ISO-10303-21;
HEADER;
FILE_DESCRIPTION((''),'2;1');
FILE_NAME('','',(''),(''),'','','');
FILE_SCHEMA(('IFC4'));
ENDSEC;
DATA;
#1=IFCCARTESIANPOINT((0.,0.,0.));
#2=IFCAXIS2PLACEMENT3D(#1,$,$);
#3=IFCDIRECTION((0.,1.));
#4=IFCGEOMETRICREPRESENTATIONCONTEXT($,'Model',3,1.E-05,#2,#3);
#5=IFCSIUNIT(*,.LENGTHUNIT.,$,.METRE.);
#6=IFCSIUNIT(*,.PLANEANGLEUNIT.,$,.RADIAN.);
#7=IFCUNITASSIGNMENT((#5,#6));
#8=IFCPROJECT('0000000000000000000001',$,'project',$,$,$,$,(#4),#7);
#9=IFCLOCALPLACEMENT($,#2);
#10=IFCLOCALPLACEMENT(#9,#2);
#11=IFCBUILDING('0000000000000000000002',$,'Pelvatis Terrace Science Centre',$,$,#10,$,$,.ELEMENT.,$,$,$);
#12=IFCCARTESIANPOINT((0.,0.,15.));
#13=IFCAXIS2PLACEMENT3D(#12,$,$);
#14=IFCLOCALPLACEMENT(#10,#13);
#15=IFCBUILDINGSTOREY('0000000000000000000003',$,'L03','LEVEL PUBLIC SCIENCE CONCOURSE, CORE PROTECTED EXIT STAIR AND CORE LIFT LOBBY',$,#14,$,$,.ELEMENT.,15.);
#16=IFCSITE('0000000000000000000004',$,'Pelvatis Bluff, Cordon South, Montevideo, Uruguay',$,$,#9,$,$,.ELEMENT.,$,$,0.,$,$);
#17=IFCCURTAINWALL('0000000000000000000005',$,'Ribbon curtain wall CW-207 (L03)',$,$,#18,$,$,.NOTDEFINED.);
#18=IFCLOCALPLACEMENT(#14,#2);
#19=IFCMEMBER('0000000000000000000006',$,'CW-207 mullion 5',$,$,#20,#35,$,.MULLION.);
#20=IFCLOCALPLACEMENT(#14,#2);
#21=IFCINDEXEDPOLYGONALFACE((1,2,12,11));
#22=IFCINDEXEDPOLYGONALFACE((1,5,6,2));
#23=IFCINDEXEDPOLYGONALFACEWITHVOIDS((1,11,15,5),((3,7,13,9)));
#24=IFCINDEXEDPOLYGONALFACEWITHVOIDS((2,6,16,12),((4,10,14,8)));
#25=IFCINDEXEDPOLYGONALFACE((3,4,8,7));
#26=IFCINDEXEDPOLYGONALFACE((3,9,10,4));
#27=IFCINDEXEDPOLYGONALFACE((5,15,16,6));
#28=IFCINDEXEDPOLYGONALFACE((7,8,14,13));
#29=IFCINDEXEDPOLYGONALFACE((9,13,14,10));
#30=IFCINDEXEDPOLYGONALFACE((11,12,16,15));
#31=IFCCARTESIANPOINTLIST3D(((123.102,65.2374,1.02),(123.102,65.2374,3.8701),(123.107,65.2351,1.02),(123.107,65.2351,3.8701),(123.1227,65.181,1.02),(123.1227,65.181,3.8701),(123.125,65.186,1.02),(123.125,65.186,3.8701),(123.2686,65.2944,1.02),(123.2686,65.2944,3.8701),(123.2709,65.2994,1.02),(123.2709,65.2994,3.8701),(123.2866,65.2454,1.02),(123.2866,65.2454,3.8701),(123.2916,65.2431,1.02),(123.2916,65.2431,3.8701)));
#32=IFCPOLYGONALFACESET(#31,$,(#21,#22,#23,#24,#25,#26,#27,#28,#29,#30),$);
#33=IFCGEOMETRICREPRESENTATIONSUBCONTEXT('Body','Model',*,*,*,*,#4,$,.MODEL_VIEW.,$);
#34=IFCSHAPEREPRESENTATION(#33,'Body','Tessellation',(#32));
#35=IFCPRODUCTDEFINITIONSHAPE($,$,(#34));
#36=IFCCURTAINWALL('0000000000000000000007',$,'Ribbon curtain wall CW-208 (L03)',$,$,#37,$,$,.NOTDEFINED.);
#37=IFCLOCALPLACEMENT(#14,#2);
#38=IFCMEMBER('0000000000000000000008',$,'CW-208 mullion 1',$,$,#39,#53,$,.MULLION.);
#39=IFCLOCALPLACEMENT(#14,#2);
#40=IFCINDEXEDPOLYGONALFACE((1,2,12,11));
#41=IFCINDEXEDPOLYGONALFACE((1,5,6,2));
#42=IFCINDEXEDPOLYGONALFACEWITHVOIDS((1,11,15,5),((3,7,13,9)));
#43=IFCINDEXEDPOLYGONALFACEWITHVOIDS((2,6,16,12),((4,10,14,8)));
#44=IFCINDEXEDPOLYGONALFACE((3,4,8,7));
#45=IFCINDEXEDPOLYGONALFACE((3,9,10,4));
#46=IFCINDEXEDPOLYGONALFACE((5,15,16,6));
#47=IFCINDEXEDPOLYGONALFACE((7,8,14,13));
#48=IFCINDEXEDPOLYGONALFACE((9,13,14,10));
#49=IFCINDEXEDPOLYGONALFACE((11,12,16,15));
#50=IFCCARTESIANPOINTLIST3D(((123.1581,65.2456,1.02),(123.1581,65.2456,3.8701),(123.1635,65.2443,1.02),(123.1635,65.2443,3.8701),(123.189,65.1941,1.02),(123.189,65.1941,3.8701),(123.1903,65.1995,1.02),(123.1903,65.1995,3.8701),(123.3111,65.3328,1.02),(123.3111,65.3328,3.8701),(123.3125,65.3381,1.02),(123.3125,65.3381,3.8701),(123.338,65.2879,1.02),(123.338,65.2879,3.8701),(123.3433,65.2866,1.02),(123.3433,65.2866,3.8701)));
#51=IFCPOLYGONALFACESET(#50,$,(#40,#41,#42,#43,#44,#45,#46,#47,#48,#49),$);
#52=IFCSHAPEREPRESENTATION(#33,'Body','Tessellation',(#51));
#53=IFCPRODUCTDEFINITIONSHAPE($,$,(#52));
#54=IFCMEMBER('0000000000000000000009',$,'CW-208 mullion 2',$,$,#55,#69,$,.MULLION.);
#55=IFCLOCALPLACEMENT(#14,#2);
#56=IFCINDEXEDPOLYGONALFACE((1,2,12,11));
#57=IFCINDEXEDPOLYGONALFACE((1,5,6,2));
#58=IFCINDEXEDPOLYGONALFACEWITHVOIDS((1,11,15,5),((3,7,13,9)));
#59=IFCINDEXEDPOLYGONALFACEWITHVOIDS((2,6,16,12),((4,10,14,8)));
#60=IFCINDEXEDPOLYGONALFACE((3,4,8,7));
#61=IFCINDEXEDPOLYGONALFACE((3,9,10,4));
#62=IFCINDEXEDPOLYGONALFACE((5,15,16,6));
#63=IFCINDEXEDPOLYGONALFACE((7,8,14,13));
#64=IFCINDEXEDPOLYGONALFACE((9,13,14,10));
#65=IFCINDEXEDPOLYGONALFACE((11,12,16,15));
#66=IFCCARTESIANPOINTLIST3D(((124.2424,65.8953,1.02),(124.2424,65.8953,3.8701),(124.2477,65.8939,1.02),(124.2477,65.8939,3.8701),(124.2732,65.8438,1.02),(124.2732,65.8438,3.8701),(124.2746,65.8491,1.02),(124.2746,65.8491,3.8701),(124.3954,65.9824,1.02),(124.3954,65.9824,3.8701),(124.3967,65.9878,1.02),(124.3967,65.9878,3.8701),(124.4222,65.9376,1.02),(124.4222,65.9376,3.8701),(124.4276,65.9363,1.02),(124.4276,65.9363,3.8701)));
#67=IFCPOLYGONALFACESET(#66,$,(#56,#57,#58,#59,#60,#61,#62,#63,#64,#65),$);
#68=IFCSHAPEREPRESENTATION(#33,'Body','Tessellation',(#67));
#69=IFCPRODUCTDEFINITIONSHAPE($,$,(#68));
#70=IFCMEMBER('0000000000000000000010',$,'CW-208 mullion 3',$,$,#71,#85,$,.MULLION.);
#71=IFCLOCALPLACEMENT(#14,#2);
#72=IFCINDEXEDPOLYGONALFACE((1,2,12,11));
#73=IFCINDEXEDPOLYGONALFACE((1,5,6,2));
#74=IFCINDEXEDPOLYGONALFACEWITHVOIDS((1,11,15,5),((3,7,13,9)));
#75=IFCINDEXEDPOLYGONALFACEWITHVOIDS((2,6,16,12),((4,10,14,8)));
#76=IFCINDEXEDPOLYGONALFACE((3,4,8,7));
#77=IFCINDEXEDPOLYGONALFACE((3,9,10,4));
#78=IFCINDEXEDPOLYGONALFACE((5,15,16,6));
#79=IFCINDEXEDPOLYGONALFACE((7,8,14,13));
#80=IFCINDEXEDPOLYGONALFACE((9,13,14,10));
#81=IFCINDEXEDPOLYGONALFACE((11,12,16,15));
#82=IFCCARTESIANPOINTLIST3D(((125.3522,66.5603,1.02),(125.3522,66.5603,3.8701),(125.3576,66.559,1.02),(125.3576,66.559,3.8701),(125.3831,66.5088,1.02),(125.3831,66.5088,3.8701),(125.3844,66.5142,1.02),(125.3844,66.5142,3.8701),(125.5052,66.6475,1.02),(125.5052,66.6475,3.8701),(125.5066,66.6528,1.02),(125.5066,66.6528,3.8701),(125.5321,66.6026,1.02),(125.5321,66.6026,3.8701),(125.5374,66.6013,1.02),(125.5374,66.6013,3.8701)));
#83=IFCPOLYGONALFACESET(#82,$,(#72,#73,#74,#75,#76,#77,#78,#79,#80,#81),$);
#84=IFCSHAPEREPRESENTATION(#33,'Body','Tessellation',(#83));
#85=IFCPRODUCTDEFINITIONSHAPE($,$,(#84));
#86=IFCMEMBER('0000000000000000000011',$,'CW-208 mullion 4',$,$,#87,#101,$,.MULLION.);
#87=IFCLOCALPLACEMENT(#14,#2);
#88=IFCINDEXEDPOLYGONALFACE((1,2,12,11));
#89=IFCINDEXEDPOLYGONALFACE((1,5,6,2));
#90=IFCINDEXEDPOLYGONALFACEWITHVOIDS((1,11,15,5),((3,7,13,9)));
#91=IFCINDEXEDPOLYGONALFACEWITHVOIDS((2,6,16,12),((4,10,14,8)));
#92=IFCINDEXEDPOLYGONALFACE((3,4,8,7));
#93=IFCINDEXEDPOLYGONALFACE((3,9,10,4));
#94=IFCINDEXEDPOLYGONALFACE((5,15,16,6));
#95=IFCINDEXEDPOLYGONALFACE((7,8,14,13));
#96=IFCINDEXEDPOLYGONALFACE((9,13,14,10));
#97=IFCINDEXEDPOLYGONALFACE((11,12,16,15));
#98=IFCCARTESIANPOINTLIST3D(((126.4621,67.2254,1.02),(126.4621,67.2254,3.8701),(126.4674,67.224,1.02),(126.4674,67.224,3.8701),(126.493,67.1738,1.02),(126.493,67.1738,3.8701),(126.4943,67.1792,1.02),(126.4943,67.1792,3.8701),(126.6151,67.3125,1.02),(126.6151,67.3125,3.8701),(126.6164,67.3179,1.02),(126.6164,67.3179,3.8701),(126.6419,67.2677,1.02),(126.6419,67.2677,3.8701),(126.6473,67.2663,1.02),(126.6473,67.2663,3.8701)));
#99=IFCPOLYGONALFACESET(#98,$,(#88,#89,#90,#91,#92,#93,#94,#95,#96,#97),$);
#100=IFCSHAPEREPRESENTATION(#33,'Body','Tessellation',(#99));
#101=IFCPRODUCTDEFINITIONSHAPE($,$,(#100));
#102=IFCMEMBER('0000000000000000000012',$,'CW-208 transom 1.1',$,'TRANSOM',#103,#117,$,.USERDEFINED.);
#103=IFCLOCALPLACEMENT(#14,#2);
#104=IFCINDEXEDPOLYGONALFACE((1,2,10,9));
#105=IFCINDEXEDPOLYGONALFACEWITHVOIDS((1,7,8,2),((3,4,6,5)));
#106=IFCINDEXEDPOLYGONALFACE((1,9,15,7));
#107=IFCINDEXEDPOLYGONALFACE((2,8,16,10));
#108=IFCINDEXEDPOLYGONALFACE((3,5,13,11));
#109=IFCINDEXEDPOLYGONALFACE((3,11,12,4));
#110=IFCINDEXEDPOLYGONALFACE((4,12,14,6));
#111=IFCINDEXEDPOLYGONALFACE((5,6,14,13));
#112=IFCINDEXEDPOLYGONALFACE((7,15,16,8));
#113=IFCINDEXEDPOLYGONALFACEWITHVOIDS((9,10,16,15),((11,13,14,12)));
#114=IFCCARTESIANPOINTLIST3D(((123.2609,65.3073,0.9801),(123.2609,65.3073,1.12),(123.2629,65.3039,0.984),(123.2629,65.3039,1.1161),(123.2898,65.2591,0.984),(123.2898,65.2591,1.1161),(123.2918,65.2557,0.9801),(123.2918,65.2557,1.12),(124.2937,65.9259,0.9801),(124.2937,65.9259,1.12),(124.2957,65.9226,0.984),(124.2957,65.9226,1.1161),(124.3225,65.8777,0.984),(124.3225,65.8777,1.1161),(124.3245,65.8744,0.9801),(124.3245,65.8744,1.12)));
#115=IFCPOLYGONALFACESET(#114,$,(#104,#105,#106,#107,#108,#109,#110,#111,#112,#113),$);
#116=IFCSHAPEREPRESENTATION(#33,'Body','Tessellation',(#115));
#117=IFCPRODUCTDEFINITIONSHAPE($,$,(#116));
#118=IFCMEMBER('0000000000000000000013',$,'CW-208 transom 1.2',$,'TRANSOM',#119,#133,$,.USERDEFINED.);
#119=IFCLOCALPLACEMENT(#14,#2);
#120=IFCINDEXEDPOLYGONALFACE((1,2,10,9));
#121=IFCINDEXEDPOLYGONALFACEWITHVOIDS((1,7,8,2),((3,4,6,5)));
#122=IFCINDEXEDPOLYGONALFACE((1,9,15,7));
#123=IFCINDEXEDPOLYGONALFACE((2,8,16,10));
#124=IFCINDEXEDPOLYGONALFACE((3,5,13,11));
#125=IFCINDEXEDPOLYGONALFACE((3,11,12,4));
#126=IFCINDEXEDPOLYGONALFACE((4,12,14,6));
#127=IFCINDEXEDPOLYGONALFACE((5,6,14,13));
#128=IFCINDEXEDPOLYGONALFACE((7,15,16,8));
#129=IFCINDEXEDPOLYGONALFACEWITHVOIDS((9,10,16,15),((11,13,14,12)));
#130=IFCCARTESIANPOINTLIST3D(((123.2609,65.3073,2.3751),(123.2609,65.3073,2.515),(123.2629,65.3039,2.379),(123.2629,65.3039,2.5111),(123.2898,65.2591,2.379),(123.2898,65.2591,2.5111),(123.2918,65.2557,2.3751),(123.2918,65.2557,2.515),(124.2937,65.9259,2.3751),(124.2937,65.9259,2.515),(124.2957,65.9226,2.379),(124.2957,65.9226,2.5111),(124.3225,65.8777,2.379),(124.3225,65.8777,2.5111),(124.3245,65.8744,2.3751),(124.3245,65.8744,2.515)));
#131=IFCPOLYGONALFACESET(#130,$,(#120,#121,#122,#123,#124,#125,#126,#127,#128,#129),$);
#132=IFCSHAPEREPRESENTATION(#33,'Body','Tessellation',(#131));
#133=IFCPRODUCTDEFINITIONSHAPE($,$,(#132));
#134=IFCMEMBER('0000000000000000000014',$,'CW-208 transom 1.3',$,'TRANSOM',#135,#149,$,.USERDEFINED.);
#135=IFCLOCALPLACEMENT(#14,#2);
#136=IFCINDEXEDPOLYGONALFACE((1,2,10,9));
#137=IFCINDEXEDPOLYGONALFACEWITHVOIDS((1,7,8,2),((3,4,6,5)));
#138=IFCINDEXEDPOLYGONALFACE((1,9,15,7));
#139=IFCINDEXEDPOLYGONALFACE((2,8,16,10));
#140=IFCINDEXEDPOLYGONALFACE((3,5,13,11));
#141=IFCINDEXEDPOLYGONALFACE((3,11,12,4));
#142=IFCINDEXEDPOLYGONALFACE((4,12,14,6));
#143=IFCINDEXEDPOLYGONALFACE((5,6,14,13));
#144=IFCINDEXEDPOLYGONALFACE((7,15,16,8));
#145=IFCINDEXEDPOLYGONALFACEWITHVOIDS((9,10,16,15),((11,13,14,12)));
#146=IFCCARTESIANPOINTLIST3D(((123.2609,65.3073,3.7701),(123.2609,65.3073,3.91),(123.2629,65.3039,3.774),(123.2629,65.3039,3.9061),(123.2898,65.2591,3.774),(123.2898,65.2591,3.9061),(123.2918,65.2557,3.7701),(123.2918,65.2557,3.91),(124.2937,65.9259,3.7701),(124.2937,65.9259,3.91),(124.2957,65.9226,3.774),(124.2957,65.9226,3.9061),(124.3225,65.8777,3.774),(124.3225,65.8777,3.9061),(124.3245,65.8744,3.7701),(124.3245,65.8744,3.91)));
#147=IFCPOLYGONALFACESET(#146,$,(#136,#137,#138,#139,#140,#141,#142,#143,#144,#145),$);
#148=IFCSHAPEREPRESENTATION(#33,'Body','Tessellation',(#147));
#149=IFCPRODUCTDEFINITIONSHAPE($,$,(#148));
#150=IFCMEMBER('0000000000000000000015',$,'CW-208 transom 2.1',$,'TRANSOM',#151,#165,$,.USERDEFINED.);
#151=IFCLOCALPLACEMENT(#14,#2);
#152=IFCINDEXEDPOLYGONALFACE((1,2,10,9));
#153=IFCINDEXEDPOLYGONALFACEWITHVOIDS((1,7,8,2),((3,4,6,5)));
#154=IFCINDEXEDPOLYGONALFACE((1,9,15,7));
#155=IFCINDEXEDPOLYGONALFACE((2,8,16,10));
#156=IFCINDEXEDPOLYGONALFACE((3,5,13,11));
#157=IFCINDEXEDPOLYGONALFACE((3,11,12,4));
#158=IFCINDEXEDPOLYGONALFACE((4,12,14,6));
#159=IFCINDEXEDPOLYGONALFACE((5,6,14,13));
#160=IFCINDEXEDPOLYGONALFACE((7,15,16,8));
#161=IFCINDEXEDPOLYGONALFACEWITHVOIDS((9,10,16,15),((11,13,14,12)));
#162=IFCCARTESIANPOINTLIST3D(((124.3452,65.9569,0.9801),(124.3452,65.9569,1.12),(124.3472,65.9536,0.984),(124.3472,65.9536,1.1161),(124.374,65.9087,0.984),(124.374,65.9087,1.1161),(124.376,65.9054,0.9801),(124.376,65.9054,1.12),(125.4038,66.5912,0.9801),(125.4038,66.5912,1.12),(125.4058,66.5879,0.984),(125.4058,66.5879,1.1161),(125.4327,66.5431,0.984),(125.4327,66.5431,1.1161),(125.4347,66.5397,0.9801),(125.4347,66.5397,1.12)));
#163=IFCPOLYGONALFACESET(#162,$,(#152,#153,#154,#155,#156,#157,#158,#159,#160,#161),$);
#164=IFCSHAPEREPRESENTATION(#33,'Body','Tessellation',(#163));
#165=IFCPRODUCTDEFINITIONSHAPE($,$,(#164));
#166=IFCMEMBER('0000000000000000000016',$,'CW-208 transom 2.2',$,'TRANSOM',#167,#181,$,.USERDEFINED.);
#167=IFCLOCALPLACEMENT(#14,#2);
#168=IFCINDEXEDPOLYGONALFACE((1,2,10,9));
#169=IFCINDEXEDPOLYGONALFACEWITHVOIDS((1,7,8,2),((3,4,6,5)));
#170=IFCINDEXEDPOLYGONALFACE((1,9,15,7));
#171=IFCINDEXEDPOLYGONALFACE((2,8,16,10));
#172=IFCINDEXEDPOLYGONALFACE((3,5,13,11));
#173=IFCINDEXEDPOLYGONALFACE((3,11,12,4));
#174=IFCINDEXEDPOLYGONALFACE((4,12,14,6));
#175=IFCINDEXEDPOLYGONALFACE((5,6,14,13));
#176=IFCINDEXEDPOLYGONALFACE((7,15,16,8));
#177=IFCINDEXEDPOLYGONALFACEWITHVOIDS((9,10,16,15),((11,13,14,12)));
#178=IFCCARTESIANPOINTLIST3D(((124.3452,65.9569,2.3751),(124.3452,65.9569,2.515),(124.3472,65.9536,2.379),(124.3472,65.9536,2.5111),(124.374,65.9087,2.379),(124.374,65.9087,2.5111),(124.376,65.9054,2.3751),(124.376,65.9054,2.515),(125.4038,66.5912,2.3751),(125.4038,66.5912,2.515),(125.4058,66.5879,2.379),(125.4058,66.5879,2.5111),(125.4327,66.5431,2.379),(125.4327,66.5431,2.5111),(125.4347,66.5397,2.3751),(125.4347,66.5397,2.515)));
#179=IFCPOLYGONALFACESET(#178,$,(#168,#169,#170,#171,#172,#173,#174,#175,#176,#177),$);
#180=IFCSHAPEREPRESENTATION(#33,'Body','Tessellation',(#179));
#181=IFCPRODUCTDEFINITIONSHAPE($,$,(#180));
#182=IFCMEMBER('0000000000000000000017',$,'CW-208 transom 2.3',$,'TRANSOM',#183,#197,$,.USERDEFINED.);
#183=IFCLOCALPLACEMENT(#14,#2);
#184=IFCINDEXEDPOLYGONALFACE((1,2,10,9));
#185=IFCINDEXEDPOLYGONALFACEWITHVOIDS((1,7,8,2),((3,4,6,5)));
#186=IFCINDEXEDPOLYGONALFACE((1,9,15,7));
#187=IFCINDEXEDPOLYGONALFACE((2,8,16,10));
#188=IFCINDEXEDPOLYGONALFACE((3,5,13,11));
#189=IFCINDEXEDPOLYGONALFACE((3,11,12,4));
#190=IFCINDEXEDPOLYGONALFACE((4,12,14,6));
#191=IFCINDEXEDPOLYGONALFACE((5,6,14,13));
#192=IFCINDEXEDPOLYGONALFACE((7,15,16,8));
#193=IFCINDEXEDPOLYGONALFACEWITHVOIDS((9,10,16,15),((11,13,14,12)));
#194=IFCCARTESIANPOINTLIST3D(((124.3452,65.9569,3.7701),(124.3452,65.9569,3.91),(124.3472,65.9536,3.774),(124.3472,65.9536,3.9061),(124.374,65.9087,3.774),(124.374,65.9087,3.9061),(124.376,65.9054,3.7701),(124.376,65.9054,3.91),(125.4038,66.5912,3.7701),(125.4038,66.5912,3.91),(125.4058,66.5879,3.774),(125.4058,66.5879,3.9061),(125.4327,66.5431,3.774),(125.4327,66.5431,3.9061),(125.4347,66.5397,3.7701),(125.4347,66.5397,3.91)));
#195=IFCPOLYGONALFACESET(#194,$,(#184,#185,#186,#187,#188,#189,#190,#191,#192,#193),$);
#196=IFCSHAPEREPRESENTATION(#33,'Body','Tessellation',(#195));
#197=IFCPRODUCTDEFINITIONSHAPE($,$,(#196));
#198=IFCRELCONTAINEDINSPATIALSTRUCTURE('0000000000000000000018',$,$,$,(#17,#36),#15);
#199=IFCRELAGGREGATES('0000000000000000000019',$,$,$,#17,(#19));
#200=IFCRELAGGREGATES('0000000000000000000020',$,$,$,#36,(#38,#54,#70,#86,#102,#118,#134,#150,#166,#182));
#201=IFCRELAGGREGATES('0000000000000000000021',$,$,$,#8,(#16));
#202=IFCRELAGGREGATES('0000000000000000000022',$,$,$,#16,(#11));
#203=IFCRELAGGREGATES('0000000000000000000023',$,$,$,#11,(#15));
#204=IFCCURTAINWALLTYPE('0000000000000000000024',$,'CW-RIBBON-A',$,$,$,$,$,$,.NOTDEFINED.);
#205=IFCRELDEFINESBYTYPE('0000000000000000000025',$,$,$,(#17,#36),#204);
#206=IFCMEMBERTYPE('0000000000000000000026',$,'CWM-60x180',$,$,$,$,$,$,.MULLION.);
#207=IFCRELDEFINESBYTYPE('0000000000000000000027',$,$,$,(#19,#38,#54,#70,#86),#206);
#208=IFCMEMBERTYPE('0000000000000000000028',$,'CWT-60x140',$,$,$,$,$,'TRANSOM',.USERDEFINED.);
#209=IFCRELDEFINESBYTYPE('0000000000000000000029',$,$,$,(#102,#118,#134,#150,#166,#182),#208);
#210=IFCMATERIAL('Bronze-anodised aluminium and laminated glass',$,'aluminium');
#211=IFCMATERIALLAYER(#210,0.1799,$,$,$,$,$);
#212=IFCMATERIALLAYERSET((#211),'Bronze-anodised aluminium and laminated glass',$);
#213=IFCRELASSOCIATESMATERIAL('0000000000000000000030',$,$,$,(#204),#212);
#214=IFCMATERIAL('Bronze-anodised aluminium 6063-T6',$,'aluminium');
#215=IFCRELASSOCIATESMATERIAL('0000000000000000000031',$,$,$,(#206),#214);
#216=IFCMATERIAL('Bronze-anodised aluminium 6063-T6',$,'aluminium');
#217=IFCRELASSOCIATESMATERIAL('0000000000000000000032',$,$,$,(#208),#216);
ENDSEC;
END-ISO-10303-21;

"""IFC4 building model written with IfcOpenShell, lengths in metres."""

from ifc_helpers import new_model, si_unit, direction, frame, origin, origin_2d, place, context, subcontext, project, spatial, hollow_rectangle, extrude, material, layer, layer_set, material_profile, profile_set, type_object, element, aggregate, save


model = new_model("IFC4")

# Units and contexts
model_context = context("Model", 3, precision=1e-05, world=origin(), true_north=direction((0.0, 1.0)))
body_context = subcontext(model_context, "Body", "Model", "MODEL_VIEW")
ifc_project = project(units=[si_unit("LENGTHUNIT", "METRE"), si_unit("PLANEANGLEUNIT", "RADIAN")], contexts=[model_context])

# Site, building, storey
site_placement = place(None, origin())
site = spatial("IfcSite", under=ifc_project, at=site_placement, Name="Pelvatis Bluff, Cordon South, Montevideo, Uruguay", CompositionType="ELEMENT", RefElevation=0.0)
building_placement = place(site_placement, origin())
building = spatial("IfcBuilding", under=site, at=building_placement, Name="Pelvatis Terrace Science Centre", CompositionType="ELEMENT")
storey_placement = place(building_placement, frame((0.0, 0.0, 15.0)))
storey = spatial("IfcBuildingStorey", under=building, at=storey_placement, Name="L03", Description="LEVEL PUBLIC SCIENCE CONCOURSE, CORE PROTECTED EXIT STAIR AND CORE LIFT LOBBY", CompositionType="ELEMENT", Elevation=15.0)

# Curtain wall, member
ifc_material_1 = material(Name="Bronze-anodised aluminium and laminated glass", Category="aluminium")
ifc_layer_1 = layer(ifc_material_1, 0.1799)
ifc_layer_set_1 = layer_set([ifc_layer_1], Name="Bronze-anodised aluminium and laminated glass")
curtain_wall_type = type_object("IfcCurtainWallType", Name="CW-RIBBON-A", PredefinedType="NOTDEFINED", material=ifc_layer_set_1)
curtain_wall_1_placement = place(storey_placement, origin())
curtain_wall_1 = element("IfcCurtainWall", 1, at=curtain_wall_1_placement, inside=storey, type_object=curtain_wall_type, Name="Ribbon curtain wall CW-207 (L03)", PredefinedType="NOTDEFINED")
ifc_material_2 = material(Name="Bronze-anodised aluminium 6063-T6", Category="aluminium")
ifc_material_profile_1 = material_profile(ifc_material_2, hollow_rectangle(XDim=0.0601, YDim=0.1799, WallThickness=0.0039, at=origin_2d()), Name="ALU-MUL 60x180")
ifc_profile_set_1 = profile_set([ifc_material_profile_1], Name="Bronze-anodised aluminium 6063-T6")
member_type_1 = type_object("IfcMemberType", Name="CWM-60x180", PredefinedType="MULLION", material=ifc_profile_set_1)
member_1_placement = place(storey_placement, frame((123.1968, 65.2402, 1.02), z_axis=(0.0, 0.0, 1.0), x_axis=(-0.344715, 0.938707, 0.0)))
member_1 = element("IfcMember", 2, at=member_1_placement, type_object=member_type_1, Name="CW-207 mullion 5", PredefinedType="MULLION", context=body_context, shape_type="SweptSolid", body=[
    extrude(hollow_rectangle(XDim=0.0601, YDim=0.1799, WallThickness=0.0039, at=origin_2d()), origin(), (0.0, 0.0, 1.0), 2.8501),
])

# Curtain wall, members
curtain_wall_2_placement = place(storey_placement, origin())
curtain_wall_2 = element("IfcCurtainWall", 3, at=curtain_wall_2_placement, inside=storey, type_object=curtain_wall_type, Name="Ribbon curtain wall CW-208 (L03)", PredefinedType="NOTDEFINED")
member_2_placement = place(storey_placement, frame((123.2507, 65.2661, 1.02), z_axis=(0.0, 0.0, 1.0), x_axis=(-0.513996, 0.857793, 0.0)))
member_2 = element("IfcMember", 4, at=member_2_placement, type_object=member_type_1, Name="CW-208 mullion 1", PredefinedType="MULLION", context=body_context, shape_type="SweptSolid", body=[
    extrude(hollow_rectangle(XDim=0.0601, YDim=0.1799, WallThickness=0.0039, at=origin_2d()), origin(), (0.0, 0.0, 1.0), 2.8501),
])
member_3_placement = place(storey_placement, frame((124.335, 65.9158, 1.02), z_axis=(0.0, 0.0, 1.0), x_axis=(-0.513996, 0.857793, 0.0)))
member_3 = element("IfcMember", 5, at=member_3_placement, type_object=member_type_1, Name="CW-208 mullion 2", PredefinedType="MULLION", context=body_context, shape_type="SweptSolid", body=[
    extrude(hollow_rectangle(XDim=0.0601, YDim=0.1799, WallThickness=0.0039, at=origin_2d()), origin(), (0.0, 0.0, 1.0), 2.8501),
])
member_4_placement = place(storey_placement, frame((125.4448, 66.5808, 1.02), z_axis=(0.0, 0.0, 1.0), x_axis=(-0.513996, 0.857793, 0.0)))
member_4 = element("IfcMember", 6, at=member_4_placement, type_object=member_type_1, Name="CW-208 mullion 3", PredefinedType="MULLION", context=body_context, shape_type="SweptSolid", body=[
    extrude(hollow_rectangle(XDim=0.0601, YDim=0.1799, WallThickness=0.0039, at=origin_2d()), origin(), (0.0, 0.0, 1.0), 2.8501),
])
member_5_placement = place(storey_placement, frame((126.5547, 67.2458, 1.02), z_axis=(0.0, 0.0, 1.0), x_axis=(-0.513996, 0.857793, 0.0)))
member_5 = element("IfcMember", 7, at=member_5_placement, type_object=member_type_1, Name="CW-208 mullion 4", PredefinedType="MULLION", context=body_context, shape_type="SweptSolid", body=[
    extrude(hollow_rectangle(XDim=0.0601, YDim=0.1799, WallThickness=0.0039, at=origin_2d()), origin(), (0.0, 0.0, 1.0), 2.8501),
])
ifc_material_3 = material(Name="Bronze-anodised aluminium 6063-T6", Category="aluminium")
ifc_material_profile_2 = material_profile(ifc_material_3, hollow_rectangle(XDim=0.0601, YDim=0.1399, WallThickness=0.0039, at=origin_2d()), Name="ALU-TRN 60x140")
ifc_profile_set_2 = profile_set([ifc_material_profile_2], Name="Bronze-anodised aluminium 6063-T6")
member_type_2 = type_object("IfcMemberType", Name="CWT-60x140", ElementType="TRANSOM", PredefinedType="USERDEFINED", material=ifc_profile_set_2)
member_6_placement = place(storey_placement, frame((123.2764, 65.2815, 1.05), z_axis=(0.857851, 0.513899, 0.0), x_axis=(-0.513899, 0.857851, 0.0)))
member_6 = element("IfcMember", 8, at=member_6_placement, type_object=member_type_2, Name="CW-208 transom 1.1", ObjectType="TRANSOM", PredefinedType="USERDEFINED", context=body_context, shape_type="SweptSolid", body=[
    extrude(hollow_rectangle(XDim=0.0601, YDim=0.1399, WallThickness=0.0039, at=origin_2d()), origin(), (0.0, 0.0, 1.0), 1.2039),
])
member_7_placement = place(storey_placement, frame((123.2764, 65.2815, 2.4451), z_axis=(0.857851, 0.513899, 0.0), x_axis=(-0.513899, 0.857851, 0.0)))
member_7 = element("IfcMember", 9, at=member_7_placement, type_object=member_type_2, Name="CW-208 transom 1.2", ObjectType="TRANSOM", PredefinedType="USERDEFINED", context=body_context, shape_type="SweptSolid", body=[
    extrude(hollow_rectangle(XDim=0.0601, YDim=0.1399, WallThickness=0.0039, at=origin_2d()), origin(), (0.0, 0.0, 1.0), 1.2039),
])
member_8_placement = place(storey_placement, frame((123.2764, 65.2815, 3.8401), z_axis=(0.857851, 0.513899, 0.0), x_axis=(-0.513899, 0.857851, 0.0)))
member_8 = element("IfcMember", 10, at=member_8_placement, type_object=member_type_2, Name="CW-208 transom 1.3", ObjectType="TRANSOM", PredefinedType="USERDEFINED", context=body_context, shape_type="SweptSolid", body=[
    extrude(hollow_rectangle(XDim=0.0601, YDim=0.1399, WallThickness=0.0039, at=origin_2d()), origin(), (0.0, 0.0, 1.0), 1.2039),
])
member_9_placement = place(storey_placement, frame((124.3606, 65.9312, 1.05), z_axis=(0.857807, 0.513972, 0.0), x_axis=(-0.513972, 0.857807, 0.0)))
member_9 = element("IfcMember", 11, at=member_9_placement, type_object=member_type_2, Name="CW-208 transom 2.1", ObjectType="TRANSOM", PredefinedType="USERDEFINED", context=body_context, shape_type="SweptSolid", body=[
    extrude(hollow_rectangle(XDim=0.0601, YDim=0.1399, WallThickness=0.0039, at=origin_2d()), origin(), (0.0, 0.0, 1.0), 1.2341),
])
member_10_placement = place(storey_placement, frame((124.3606, 65.9312, 2.4451), z_axis=(0.857807, 0.513972, 0.0), x_axis=(-0.513972, 0.857807, 0.0)))
member_10 = element("IfcMember", 12, at=member_10_placement, type_object=member_type_2, Name="CW-208 transom 2.2", ObjectType="TRANSOM", PredefinedType="USERDEFINED", context=body_context, shape_type="SweptSolid", body=[
    extrude(hollow_rectangle(XDim=0.0601, YDim=0.1399, WallThickness=0.0039, at=origin_2d()), origin(), (0.0, 0.0, 1.0), 1.2341),
])
member_11_placement = place(storey_placement, frame((124.3606, 65.9312, 3.8401), z_axis=(0.857807, 0.513972, 0.0), x_axis=(-0.513972, 0.857807, 0.0)))
member_11 = element("IfcMember", 13, at=member_11_placement, type_object=member_type_2, Name="CW-208 transom 2.3", ObjectType="TRANSOM", PredefinedType="USERDEFINED", context=body_context, shape_type="SweptSolid", body=[
    extrude(hollow_rectangle(XDim=0.0601, YDim=0.1399, WallThickness=0.0039, at=origin_2d()), origin(), (0.0, 0.0, 1.0), 1.2341),
])

aggregate(curtain_wall_1, [member_1])
aggregate(curtain_wall_2, [member_2, member_3, member_4, member_5, member_6, member_7, member_8, member_9, member_10, member_11])

save(model, "model.ifc")
